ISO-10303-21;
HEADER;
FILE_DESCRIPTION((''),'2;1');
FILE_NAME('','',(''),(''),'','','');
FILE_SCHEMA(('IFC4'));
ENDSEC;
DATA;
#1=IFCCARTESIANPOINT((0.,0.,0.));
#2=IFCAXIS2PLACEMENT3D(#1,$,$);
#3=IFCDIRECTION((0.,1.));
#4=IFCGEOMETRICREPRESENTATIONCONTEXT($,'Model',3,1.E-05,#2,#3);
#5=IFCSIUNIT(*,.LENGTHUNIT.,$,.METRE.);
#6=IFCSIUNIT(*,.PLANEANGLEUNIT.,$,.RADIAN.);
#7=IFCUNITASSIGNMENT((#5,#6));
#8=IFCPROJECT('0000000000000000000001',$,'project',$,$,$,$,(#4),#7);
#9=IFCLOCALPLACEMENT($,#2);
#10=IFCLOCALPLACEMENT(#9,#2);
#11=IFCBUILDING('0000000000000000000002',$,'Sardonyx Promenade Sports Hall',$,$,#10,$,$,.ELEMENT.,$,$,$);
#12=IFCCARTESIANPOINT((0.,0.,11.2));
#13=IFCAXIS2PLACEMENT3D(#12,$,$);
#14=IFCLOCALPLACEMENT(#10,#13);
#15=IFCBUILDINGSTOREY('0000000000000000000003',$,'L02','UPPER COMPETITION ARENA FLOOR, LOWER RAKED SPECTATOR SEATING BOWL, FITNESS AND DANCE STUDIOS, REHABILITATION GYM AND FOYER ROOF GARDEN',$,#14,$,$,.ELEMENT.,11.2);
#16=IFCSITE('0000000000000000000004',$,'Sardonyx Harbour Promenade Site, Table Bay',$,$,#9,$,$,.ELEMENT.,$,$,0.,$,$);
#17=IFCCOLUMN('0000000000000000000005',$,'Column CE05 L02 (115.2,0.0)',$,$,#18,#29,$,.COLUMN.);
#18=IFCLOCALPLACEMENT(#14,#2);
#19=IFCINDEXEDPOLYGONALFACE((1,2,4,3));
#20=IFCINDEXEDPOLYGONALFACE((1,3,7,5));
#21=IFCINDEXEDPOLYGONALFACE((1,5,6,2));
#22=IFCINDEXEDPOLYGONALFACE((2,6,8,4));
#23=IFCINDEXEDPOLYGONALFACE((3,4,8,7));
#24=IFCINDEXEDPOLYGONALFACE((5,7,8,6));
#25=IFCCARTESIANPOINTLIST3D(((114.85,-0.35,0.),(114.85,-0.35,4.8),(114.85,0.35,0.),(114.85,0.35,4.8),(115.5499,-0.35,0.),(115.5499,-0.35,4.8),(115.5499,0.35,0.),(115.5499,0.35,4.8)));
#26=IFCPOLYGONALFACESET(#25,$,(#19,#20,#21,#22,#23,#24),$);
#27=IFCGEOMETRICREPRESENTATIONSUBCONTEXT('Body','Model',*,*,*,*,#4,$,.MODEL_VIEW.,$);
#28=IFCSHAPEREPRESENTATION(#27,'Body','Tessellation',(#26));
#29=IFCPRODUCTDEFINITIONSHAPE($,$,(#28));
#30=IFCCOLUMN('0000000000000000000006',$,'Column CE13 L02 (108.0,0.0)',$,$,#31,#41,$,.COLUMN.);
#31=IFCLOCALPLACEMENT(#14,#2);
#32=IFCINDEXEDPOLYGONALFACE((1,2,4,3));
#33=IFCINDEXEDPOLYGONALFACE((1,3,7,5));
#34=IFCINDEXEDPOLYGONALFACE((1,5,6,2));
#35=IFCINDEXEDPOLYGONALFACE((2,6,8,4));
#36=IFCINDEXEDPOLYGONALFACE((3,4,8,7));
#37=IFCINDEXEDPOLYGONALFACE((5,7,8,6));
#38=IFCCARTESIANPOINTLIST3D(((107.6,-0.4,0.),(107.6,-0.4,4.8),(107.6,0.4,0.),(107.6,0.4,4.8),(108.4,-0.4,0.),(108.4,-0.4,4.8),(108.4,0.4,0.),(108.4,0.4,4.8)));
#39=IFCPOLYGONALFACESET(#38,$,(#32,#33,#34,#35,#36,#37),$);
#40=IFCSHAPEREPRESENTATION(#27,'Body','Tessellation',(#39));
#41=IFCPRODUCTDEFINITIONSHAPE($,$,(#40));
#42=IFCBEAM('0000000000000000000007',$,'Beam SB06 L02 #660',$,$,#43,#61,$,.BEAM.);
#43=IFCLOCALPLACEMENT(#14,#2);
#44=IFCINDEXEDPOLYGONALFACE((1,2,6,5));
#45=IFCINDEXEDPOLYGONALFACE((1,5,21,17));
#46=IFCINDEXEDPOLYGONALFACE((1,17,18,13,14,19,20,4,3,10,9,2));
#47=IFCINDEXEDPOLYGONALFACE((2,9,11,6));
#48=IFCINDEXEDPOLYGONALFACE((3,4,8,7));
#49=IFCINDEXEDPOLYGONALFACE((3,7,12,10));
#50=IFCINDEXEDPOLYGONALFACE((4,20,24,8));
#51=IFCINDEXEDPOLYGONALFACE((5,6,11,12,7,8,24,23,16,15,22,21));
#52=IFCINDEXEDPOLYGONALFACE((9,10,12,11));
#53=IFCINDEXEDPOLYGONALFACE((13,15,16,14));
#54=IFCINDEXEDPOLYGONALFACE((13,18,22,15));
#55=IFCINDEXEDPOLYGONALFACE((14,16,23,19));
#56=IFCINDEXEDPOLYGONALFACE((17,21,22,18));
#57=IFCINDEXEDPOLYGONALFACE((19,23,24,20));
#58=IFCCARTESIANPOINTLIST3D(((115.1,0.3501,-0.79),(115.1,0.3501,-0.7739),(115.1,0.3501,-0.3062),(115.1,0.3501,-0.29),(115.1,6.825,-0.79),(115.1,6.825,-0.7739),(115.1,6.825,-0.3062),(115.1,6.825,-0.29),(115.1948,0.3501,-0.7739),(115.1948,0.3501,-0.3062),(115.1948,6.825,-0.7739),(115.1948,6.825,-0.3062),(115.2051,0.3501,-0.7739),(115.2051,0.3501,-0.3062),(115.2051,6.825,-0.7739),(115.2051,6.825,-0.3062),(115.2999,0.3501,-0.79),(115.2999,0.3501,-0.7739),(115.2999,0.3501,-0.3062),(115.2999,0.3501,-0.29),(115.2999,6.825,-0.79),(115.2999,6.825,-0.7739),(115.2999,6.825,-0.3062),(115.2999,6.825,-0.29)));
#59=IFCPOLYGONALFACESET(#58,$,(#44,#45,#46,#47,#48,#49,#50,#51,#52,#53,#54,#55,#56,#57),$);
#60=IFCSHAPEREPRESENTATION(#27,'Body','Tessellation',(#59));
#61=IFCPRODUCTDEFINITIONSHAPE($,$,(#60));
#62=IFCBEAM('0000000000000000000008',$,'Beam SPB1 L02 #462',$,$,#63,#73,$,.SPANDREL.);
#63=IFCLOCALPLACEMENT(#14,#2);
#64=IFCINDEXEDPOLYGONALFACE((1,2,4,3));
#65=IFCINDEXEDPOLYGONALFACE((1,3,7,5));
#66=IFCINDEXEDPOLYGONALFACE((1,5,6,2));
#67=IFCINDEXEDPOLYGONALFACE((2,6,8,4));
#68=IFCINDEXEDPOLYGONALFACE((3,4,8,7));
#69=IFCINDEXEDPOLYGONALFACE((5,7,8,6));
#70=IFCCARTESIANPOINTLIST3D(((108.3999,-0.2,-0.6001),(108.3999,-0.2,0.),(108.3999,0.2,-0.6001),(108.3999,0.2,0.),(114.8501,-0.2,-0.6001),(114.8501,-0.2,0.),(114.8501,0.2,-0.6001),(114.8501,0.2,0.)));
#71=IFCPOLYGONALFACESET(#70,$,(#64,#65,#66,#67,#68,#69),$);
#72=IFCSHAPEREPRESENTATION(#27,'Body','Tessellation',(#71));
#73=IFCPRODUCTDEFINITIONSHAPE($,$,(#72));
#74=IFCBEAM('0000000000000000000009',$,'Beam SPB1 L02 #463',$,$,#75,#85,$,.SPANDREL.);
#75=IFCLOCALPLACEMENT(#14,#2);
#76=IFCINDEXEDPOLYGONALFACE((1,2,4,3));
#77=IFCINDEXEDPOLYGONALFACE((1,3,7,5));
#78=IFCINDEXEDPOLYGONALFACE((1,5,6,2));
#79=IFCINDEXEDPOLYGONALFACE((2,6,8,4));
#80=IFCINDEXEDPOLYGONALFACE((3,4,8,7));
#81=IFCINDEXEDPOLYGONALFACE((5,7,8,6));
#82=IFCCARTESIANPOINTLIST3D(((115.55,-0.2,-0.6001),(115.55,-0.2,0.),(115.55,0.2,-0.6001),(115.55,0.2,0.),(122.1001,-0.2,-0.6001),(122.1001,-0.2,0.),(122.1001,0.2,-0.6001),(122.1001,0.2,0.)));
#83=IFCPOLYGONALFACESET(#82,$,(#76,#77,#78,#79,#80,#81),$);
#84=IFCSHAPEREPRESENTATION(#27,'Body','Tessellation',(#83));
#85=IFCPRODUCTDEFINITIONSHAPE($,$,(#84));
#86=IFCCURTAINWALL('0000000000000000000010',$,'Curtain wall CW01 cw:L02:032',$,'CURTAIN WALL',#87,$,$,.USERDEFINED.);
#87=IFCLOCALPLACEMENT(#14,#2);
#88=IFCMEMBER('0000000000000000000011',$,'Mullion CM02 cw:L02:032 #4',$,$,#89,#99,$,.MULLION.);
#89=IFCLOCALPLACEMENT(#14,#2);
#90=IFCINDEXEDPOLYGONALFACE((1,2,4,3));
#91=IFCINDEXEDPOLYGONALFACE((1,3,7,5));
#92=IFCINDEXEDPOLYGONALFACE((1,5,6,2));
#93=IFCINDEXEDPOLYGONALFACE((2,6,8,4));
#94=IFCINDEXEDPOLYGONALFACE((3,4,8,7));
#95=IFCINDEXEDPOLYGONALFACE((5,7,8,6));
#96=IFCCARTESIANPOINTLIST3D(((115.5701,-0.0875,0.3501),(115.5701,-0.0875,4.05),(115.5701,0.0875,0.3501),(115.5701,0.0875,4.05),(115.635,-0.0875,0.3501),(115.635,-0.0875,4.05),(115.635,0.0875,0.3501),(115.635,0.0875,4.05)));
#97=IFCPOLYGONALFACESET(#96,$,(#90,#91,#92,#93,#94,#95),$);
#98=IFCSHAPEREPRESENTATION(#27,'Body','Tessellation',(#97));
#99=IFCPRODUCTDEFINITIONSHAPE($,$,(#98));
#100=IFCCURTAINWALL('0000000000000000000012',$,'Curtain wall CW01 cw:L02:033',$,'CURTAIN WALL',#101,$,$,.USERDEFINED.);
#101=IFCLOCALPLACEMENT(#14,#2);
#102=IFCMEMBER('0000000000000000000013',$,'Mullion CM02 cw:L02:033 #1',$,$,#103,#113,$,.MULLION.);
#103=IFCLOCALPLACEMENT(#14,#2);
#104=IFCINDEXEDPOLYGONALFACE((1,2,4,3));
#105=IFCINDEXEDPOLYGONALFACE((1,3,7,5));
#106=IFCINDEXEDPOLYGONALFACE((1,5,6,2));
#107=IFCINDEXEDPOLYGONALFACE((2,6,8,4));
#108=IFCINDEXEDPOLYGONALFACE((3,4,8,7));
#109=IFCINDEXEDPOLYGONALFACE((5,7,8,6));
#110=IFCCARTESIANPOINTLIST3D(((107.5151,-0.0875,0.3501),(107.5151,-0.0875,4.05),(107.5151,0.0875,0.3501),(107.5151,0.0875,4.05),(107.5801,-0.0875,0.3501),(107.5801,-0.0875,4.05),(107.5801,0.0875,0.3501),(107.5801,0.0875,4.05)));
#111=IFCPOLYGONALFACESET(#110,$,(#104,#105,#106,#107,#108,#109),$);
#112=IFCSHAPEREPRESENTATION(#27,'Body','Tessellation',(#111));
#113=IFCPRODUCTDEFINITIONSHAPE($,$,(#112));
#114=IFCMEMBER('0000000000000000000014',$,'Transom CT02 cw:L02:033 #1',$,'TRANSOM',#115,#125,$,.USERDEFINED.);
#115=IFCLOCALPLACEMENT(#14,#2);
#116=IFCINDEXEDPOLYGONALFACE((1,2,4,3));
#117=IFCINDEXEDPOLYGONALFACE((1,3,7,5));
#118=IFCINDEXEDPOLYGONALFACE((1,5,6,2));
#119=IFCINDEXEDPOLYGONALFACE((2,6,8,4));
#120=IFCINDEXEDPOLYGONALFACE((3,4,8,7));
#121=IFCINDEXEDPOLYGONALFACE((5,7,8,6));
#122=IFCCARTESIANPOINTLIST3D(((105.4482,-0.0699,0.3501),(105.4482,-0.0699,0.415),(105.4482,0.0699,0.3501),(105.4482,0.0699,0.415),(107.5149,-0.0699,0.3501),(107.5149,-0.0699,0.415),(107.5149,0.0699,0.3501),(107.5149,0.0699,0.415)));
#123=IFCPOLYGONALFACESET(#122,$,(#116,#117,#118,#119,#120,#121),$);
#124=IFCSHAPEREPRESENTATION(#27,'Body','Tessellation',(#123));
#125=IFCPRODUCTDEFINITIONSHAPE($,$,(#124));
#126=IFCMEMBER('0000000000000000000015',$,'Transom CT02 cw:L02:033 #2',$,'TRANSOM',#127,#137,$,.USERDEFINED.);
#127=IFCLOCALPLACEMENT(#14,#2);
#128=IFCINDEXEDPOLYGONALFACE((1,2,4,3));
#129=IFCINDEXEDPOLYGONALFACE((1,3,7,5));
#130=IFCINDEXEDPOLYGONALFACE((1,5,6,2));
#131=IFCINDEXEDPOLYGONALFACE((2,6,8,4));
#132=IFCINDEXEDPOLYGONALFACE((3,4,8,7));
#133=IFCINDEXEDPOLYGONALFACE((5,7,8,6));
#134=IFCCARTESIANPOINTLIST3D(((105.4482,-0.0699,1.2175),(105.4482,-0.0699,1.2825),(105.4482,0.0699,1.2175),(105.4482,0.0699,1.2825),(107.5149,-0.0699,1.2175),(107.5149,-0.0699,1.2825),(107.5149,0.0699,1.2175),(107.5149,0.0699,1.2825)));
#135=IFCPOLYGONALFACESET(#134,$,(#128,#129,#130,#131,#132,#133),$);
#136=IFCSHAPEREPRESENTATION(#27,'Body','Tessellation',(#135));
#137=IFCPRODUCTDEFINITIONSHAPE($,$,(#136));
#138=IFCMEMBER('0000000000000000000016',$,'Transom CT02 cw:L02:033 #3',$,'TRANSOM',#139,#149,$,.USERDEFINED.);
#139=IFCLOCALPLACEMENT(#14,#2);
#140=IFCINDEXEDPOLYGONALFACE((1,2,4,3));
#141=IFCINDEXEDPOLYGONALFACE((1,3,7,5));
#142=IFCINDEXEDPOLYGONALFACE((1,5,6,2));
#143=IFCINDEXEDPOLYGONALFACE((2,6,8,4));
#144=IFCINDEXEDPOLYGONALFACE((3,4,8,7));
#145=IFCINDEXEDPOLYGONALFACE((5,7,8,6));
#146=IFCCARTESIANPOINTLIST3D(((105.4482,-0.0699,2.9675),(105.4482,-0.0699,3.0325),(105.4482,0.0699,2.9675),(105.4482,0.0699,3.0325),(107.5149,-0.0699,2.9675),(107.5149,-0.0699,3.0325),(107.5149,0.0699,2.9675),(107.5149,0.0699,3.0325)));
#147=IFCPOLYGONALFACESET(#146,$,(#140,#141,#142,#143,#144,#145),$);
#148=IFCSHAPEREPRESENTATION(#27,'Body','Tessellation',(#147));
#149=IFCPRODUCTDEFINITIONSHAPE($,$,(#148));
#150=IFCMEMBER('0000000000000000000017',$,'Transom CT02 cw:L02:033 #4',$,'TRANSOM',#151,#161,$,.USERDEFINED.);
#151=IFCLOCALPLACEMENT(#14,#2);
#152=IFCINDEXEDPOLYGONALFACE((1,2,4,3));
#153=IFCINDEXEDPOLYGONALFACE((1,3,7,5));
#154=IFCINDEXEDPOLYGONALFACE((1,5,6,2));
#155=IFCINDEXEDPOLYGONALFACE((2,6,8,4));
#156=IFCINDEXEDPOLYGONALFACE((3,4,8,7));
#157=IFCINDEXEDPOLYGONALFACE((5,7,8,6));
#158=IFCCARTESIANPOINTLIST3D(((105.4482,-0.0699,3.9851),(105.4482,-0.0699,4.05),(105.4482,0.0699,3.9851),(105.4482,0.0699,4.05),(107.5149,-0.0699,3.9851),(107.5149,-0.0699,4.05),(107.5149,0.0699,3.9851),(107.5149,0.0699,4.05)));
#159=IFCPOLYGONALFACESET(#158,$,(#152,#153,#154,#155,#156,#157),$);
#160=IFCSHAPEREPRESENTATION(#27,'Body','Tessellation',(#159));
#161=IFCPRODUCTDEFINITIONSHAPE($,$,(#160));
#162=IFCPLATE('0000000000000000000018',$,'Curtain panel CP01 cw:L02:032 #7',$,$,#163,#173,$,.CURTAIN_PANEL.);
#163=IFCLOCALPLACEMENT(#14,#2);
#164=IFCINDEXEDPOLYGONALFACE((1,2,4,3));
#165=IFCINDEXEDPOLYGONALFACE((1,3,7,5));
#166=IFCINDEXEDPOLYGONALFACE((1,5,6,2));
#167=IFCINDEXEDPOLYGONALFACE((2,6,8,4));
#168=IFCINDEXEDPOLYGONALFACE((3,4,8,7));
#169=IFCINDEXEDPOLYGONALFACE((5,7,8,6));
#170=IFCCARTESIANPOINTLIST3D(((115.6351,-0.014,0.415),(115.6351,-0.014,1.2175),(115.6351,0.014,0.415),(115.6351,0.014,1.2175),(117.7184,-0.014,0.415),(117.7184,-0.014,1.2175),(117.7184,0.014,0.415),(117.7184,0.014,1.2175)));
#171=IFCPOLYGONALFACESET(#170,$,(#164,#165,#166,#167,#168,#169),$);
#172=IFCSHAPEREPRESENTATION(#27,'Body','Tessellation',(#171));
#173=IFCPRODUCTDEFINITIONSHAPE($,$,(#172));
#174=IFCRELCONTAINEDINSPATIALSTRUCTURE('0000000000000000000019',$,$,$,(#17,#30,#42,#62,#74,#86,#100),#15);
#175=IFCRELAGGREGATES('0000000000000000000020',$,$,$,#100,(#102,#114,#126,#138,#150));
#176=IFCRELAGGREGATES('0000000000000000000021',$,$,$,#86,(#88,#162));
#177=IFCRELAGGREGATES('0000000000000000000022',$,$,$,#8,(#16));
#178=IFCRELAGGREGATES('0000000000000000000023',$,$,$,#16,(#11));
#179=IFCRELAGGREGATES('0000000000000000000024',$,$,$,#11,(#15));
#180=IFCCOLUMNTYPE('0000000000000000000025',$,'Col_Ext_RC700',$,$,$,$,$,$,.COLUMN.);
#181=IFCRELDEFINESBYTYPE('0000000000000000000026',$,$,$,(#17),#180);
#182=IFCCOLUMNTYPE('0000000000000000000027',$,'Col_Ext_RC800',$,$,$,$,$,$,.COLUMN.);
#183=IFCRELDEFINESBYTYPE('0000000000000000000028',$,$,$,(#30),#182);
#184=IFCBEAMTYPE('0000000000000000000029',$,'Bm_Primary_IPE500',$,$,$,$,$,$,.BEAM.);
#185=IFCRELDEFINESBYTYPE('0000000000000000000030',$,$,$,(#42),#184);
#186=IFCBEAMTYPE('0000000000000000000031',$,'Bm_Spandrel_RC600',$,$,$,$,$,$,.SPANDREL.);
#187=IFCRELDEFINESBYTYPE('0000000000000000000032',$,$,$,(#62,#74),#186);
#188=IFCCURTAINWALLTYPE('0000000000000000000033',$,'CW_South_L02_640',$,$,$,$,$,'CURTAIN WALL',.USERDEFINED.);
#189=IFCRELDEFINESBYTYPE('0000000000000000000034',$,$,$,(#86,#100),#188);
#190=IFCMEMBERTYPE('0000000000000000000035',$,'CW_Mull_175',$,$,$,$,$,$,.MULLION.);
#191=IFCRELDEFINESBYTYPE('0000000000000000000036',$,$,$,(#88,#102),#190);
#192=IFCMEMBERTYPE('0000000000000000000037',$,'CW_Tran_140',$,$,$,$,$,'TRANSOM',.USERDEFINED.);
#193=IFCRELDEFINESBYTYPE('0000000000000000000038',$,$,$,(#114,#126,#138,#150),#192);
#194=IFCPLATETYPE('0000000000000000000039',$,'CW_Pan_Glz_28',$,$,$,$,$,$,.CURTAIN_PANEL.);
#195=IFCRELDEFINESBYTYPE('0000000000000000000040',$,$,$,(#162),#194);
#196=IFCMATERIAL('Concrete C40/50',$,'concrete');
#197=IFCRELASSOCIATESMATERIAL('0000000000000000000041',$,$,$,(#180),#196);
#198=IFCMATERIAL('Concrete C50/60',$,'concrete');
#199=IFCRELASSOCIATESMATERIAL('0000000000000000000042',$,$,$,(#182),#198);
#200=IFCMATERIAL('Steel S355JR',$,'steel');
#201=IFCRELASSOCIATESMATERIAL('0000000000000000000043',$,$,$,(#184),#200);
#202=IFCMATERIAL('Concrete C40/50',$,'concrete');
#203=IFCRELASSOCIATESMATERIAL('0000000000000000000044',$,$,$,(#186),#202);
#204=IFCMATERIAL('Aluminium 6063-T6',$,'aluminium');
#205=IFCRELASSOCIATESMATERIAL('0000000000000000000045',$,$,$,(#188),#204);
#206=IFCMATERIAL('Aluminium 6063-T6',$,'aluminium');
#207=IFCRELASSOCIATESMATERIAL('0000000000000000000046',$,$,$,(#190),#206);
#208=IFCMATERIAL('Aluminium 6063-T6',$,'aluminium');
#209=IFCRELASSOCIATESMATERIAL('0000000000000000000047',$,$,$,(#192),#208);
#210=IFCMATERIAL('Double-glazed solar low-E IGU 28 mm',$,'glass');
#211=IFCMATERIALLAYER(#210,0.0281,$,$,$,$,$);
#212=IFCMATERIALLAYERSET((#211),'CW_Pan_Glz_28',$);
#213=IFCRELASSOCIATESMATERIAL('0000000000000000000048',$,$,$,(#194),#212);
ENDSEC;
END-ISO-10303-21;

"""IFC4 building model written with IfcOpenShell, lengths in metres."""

from ifc_helpers import new_model, si_unit, direction, frame, origin, origin_2d, place, context, subcontext, project, spatial, rectangle, i_section, extrude, material, layer, layer_set, material_profile, profile_set, type_object, element, aggregate, save


model = new_model("IFC4")

# Units and contexts
model_context = context("Model", 3, precision=1e-05, world=origin(), true_north=direction((0.0, 1.0)))
body_context = subcontext(model_context, "Body", "Model", "MODEL_VIEW")
ifc_project = project(units=[si_unit("LENGTHUNIT", "METRE"), si_unit("PLANEANGLEUNIT", "RADIAN")], contexts=[model_context])

# Site, building, storey
site_placement = place(None, origin())
site = spatial("IfcSite", under=ifc_project, at=site_placement, Name="Sardonyx Harbour Promenade Site, Table Bay", CompositionType="ELEMENT", RefElevation=0.0)
building_placement = place(site_placement, origin())
building = spatial("IfcBuilding", under=site, at=building_placement, Name="Sardonyx Promenade Sports Hall", CompositionType="ELEMENT")
storey_placement = place(building_placement, frame((0.0, 0.0, 11.2)))
storey = spatial("IfcBuildingStorey", under=building, at=storey_placement, Name="L02", Description="UPPER COMPETITION ARENA FLOOR, LOWER RAKED SPECTATOR SEATING BOWL, FITNESS AND DANCE STUDIOS, REHABILITATION GYM AND FOYER ROOF GARDEN", CompositionType="ELEMENT", Elevation=11.2)

# Columns
ifc_material_1 = material(Name="Concrete C40/50", Category="concrete")
ifc_material_profile_1 = material_profile(ifc_material_1, rectangle(XDim=0.7, YDim=0.7, at=origin_2d()))
ifc_profile_set_1 = profile_set([ifc_material_profile_1], Name="Concrete C40/50")
column_type_1 = type_object("IfcColumnType", Name="Col_Ext_RC700", PredefinedType="COLUMN", material=ifc_profile_set_1)
column_1_placement = place(storey_placement, frame((115.2, 0.0, 0.0), z_axis=(0.0, 0.0, 1.0), x_axis=(1.0, 0.0, 0.0)))
element("IfcColumn", 1, at=column_1_placement, inside=storey, type_object=column_type_1, Name="Column CE05 L02 (115.2,0.0)", PredefinedType="COLUMN", context=body_context, shape_type="SweptSolid", body=[
    extrude(rectangle(XDim=0.7, YDim=0.7, at=origin_2d()), origin(), (0.0, 0.0, 1.0), 4.8),
])
ifc_material_2 = material(Name="Concrete C50/60", Category="concrete")
ifc_material_profile_2 = material_profile(ifc_material_2, rectangle(XDim=0.8, YDim=0.8, at=origin_2d()))
ifc_profile_set_2 = profile_set([ifc_material_profile_2], Name="Concrete C50/60")
column_type_2 = type_object("IfcColumnType", Name="Col_Ext_RC800", PredefinedType="COLUMN", material=ifc_profile_set_2)
column_2_placement = place(storey_placement, frame((108.0, 0.0, 0.0), z_axis=(0.0, 0.0, 1.0), x_axis=(1.0, 0.0, 0.0)))
element("IfcColumn", 2, at=column_2_placement, inside=storey, type_object=column_type_2, Name="Column CE13 L02 (108.0,0.0)", PredefinedType="COLUMN", context=body_context, shape_type="SweptSolid", body=[
    extrude(rectangle(XDim=0.8, YDim=0.8, at=origin_2d()), origin(), (0.0, 0.0, 1.0), 4.8),
])

# Beams
ifc_material_3 = material(Name="Steel S355JR", Category="steel")
ifc_material_profile_3 = material_profile(ifc_material_3, i_section(OverallWidth=0.2, OverallDepth=0.5, WebThickness=0.0103, FlangeThickness=0.0161, at=origin_2d()))
ifc_profile_set_3 = profile_set([ifc_material_profile_3], Name="Steel S355JR")
beam_type_1 = type_object("IfcBeamType", Name="Bm_Primary_IPE500", PredefinedType="BEAM", material=ifc_profile_set_3)
beam_1_placement = place(storey_placement, frame((115.2, 0.3501, -0.54), z_axis=(0.0, 1.0, 0.0), x_axis=(-1.0, 0.0, 0.0)))
element("IfcBeam", 3, at=beam_1_placement, inside=storey, type_object=beam_type_1, Name="Beam SB06 L02 #660", PredefinedType="BEAM", context=body_context, shape_type="SweptSolid", body=[
    extrude(i_section(OverallWidth=0.2, OverallDepth=0.5, WebThickness=0.0103, FlangeThickness=0.0161, at=origin_2d()), origin(), (0.0, 0.0, 1.0), 6.4749),
])
ifc_material_4 = material(Name="Concrete C40/50", Category="concrete")
ifc_material_profile_4 = material_profile(ifc_material_4, rectangle(XDim=0.3999, YDim=0.6001, at=origin_2d()))
ifc_profile_set_4 = profile_set([ifc_material_profile_4], Name="Concrete C40/50")
beam_type_2 = type_object("IfcBeamType", Name="Bm_Spandrel_RC600", PredefinedType="SPANDREL", material=ifc_profile_set_4)
beam_2_placement = place(storey_placement, frame((108.3999, 0.0, -0.3), z_axis=(1.0, 0.0, 0.0), x_axis=(0.0, 1.0, 0.0)))
element("IfcBeam", 4, at=beam_2_placement, inside=storey, type_object=beam_type_2, Name="Beam SPB1 L02 #462", PredefinedType="SPANDREL", context=body_context, shape_type="SweptSolid", body=[
    extrude(rectangle(XDim=0.3999, YDim=0.6001, at=origin_2d()), origin(), (0.0, 0.0, 1.0), 6.4502),
])
beam_3_placement = place(storey_placement, frame((115.55, 0.0, -0.3), z_axis=(1.0, 0.0, 0.0), x_axis=(0.0, 1.0, 0.0)))
element("IfcBeam", 5, at=beam_3_placement, inside=storey, type_object=beam_type_2, Name="Beam SPB1 L02 #463", PredefinedType="SPANDREL", context=body_context, shape_type="SweptSolid", body=[
    extrude(rectangle(XDim=0.3999, YDim=0.6001, at=origin_2d()), origin(), (0.0, 0.0, 1.0), 6.55),
])

# Curtain wall, member
ifc_material_5 = material(Name="Aluminium 6063-T6", Category="aluminium")
curtain_wall_type = type_object("IfcCurtainWallType", Name="CW_South_L02_640", ElementType="CURTAIN WALL", PredefinedType="USERDEFINED", material=ifc_material_5)
curtain_wall_1_placement = place(storey_placement, origin())
curtain_wall_1 = element("IfcCurtainWall", 6, at=curtain_wall_1_placement, inside=storey, type_object=curtain_wall_type, Name="Curtain wall CW01 cw:L02:032", ObjectType="CURTAIN WALL", PredefinedType="USERDEFINED")
ifc_material_6 = material(Name="Aluminium 6063-T6", Category="aluminium")
ifc_material_profile_5 = material_profile(ifc_material_6, rectangle(XDim=0.0649, YDim=0.175, at=origin_2d()))
ifc_profile_set_5 = profile_set([ifc_material_profile_5], Name="Aluminium 6063-T6")
member_type_1 = type_object("IfcMemberType", Name="CW_Mull_175", PredefinedType="MULLION", material=ifc_profile_set_5)
member_1_placement = place(storey_placement, frame((115.6025, 0.0, 0.3501), z_axis=(0.0, 0.0, 1.0), x_axis=(-1.0, 0.0, 0.0)))
member_1 = element("IfcMember", 7, at=member_1_placement, type_object=member_type_1, Name="Mullion CM02 cw:L02:032 #4", PredefinedType="MULLION", context=body_context, shape_type="SweptSolid", body=[
    extrude(rectangle(XDim=0.0649, YDim=0.175, at=origin_2d()), origin(), (0.0, 0.0, 1.0), 3.7),
])

# Curtain wall, members
curtain_wall_2_placement = place(storey_placement, origin())
curtain_wall_2 = element("IfcCurtainWall", 8, at=curtain_wall_2_placement, inside=storey, type_object=curtain_wall_type, Name="Curtain wall CW01 cw:L02:033", ObjectType="CURTAIN WALL", PredefinedType="USERDEFINED")
member_2_placement = place(storey_placement, frame((107.5476, 0.0, 0.3501), z_axis=(0.0, 0.0, 1.0), x_axis=(-1.0, 0.0, 0.0)))
member_2 = element("IfcMember", 9, at=member_2_placement, type_object=member_type_1, Name="Mullion CM02 cw:L02:033 #1", PredefinedType="MULLION", context=body_context, shape_type="SweptSolid", body=[
    extrude(rectangle(XDim=0.0649, YDim=0.175, at=origin_2d()), origin(), (0.0, 0.0, 1.0), 3.7),
])
ifc_material_7 = material(Name="Aluminium 6063-T6", Category="aluminium")
ifc_material_profile_6 = material_profile(ifc_material_7, rectangle(XDim=0.0649, YDim=0.1399, at=origin_2d()))
ifc_profile_set_6 = profile_set([ifc_material_profile_6], Name="Aluminium 6063-T6")
member_type_2 = type_object("IfcMemberType", Name="CW_Tran_140", ElementType="TRANSOM", PredefinedType="USERDEFINED", material=ifc_profile_set_6)
member_3_placement = place(storey_placement, frame((107.5149, 0.0, 0.3826), z_axis=(-1.0, 0.0, 0.0), x_axis=(0.0, 0.0, 1.0)))
member_3 = element("IfcMember", 10, at=member_3_placement, type_object=member_type_2, Name="Transom CT02 cw:L02:033 #1", ObjectType="TRANSOM", PredefinedType="USERDEFINED", context=body_context, shape_type="SweptSolid", body=[
    extrude(rectangle(XDim=0.0649, YDim=0.1399, at=origin_2d()), origin(), (0.0, 0.0, 1.0), 2.0667),
])
member_4_placement = place(storey_placement, frame((107.5149, 0.0, 1.25), z_axis=(-1.0, 0.0, 0.0), x_axis=(0.0, 0.0, 1.0)))
member_4 = element("IfcMember", 11, at=member_4_placement, type_object=member_type_2, Name="Transom CT02 cw:L02:033 #2", ObjectType="TRANSOM", PredefinedType="USERDEFINED", context=body_context, shape_type="SweptSolid", body=[
    extrude(rectangle(XDim=0.0649, YDim=0.1399, at=origin_2d()), origin(), (0.0, 0.0, 1.0), 2.0667),
])
member_5_placement = place(storey_placement, frame((107.5149, 0.0, 3.0), z_axis=(-1.0, 0.0, 0.0), x_axis=(0.0, 0.0, 1.0)))
member_5 = element("IfcMember", 12, at=member_5_placement, type_object=member_type_2, Name="Transom CT02 cw:L02:033 #3", ObjectType="TRANSOM", PredefinedType="USERDEFINED", context=body_context, shape_type="SweptSolid", body=[
    extrude(rectangle(XDim=0.0649, YDim=0.1399, at=origin_2d()), origin(), (0.0, 0.0, 1.0), 2.0667),
])
member_6_placement = place(storey_placement, frame((107.5149, 0.0, 4.0176), z_axis=(-1.0, 0.0, 0.0), x_axis=(0.0, 0.0, 1.0)))
member_6 = element("IfcMember", 13, at=member_6_placement, type_object=member_type_2, Name="Transom CT02 cw:L02:033 #4", ObjectType="TRANSOM", PredefinedType="USERDEFINED", context=body_context, shape_type="SweptSolid", body=[
    extrude(rectangle(XDim=0.0649, YDim=0.1399, at=origin_2d()), origin(), (0.0, 0.0, 1.0), 2.0667),
])
aggregate(curtain_wall_2, [member_2, member_3, member_4, member_5, member_6])

# Plate
ifc_material_8 = material(Name="Double-glazed solar low-E IGU 28 mm", Category="glass")
ifc_layer_1 = layer(ifc_material_8, 0.0281)
ifc_layer_set_1 = layer_set([ifc_layer_1], Name="CW_Pan_Glz_28")
plate_type = type_object("IfcPlateType", Name="CW_Pan_Glz_28", PredefinedType="CURTAIN_PANEL", material=ifc_layer_set_1)
plate_placement = place(storey_placement, frame((116.6768, 0.0, 0.415), z_axis=(0.0, 0.0, 1.0), x_axis=(-1.0, 0.0, 0.0)))
plate = element("IfcPlate", 14, at=plate_placement, type_object=plate_type, Name="Curtain panel CP01 cw:L02:032 #7", PredefinedType="CURTAIN_PANEL", context=body_context, shape_type="SweptSolid", body=[
    extrude(rectangle(XDim=2.0833, YDim=0.0281, at=origin_2d()), origin(), (0.0, 0.0, 1.0), 0.8025),
])
aggregate(curtain_wall_1, [member_1, plate])

save(model, "model.ifc")
